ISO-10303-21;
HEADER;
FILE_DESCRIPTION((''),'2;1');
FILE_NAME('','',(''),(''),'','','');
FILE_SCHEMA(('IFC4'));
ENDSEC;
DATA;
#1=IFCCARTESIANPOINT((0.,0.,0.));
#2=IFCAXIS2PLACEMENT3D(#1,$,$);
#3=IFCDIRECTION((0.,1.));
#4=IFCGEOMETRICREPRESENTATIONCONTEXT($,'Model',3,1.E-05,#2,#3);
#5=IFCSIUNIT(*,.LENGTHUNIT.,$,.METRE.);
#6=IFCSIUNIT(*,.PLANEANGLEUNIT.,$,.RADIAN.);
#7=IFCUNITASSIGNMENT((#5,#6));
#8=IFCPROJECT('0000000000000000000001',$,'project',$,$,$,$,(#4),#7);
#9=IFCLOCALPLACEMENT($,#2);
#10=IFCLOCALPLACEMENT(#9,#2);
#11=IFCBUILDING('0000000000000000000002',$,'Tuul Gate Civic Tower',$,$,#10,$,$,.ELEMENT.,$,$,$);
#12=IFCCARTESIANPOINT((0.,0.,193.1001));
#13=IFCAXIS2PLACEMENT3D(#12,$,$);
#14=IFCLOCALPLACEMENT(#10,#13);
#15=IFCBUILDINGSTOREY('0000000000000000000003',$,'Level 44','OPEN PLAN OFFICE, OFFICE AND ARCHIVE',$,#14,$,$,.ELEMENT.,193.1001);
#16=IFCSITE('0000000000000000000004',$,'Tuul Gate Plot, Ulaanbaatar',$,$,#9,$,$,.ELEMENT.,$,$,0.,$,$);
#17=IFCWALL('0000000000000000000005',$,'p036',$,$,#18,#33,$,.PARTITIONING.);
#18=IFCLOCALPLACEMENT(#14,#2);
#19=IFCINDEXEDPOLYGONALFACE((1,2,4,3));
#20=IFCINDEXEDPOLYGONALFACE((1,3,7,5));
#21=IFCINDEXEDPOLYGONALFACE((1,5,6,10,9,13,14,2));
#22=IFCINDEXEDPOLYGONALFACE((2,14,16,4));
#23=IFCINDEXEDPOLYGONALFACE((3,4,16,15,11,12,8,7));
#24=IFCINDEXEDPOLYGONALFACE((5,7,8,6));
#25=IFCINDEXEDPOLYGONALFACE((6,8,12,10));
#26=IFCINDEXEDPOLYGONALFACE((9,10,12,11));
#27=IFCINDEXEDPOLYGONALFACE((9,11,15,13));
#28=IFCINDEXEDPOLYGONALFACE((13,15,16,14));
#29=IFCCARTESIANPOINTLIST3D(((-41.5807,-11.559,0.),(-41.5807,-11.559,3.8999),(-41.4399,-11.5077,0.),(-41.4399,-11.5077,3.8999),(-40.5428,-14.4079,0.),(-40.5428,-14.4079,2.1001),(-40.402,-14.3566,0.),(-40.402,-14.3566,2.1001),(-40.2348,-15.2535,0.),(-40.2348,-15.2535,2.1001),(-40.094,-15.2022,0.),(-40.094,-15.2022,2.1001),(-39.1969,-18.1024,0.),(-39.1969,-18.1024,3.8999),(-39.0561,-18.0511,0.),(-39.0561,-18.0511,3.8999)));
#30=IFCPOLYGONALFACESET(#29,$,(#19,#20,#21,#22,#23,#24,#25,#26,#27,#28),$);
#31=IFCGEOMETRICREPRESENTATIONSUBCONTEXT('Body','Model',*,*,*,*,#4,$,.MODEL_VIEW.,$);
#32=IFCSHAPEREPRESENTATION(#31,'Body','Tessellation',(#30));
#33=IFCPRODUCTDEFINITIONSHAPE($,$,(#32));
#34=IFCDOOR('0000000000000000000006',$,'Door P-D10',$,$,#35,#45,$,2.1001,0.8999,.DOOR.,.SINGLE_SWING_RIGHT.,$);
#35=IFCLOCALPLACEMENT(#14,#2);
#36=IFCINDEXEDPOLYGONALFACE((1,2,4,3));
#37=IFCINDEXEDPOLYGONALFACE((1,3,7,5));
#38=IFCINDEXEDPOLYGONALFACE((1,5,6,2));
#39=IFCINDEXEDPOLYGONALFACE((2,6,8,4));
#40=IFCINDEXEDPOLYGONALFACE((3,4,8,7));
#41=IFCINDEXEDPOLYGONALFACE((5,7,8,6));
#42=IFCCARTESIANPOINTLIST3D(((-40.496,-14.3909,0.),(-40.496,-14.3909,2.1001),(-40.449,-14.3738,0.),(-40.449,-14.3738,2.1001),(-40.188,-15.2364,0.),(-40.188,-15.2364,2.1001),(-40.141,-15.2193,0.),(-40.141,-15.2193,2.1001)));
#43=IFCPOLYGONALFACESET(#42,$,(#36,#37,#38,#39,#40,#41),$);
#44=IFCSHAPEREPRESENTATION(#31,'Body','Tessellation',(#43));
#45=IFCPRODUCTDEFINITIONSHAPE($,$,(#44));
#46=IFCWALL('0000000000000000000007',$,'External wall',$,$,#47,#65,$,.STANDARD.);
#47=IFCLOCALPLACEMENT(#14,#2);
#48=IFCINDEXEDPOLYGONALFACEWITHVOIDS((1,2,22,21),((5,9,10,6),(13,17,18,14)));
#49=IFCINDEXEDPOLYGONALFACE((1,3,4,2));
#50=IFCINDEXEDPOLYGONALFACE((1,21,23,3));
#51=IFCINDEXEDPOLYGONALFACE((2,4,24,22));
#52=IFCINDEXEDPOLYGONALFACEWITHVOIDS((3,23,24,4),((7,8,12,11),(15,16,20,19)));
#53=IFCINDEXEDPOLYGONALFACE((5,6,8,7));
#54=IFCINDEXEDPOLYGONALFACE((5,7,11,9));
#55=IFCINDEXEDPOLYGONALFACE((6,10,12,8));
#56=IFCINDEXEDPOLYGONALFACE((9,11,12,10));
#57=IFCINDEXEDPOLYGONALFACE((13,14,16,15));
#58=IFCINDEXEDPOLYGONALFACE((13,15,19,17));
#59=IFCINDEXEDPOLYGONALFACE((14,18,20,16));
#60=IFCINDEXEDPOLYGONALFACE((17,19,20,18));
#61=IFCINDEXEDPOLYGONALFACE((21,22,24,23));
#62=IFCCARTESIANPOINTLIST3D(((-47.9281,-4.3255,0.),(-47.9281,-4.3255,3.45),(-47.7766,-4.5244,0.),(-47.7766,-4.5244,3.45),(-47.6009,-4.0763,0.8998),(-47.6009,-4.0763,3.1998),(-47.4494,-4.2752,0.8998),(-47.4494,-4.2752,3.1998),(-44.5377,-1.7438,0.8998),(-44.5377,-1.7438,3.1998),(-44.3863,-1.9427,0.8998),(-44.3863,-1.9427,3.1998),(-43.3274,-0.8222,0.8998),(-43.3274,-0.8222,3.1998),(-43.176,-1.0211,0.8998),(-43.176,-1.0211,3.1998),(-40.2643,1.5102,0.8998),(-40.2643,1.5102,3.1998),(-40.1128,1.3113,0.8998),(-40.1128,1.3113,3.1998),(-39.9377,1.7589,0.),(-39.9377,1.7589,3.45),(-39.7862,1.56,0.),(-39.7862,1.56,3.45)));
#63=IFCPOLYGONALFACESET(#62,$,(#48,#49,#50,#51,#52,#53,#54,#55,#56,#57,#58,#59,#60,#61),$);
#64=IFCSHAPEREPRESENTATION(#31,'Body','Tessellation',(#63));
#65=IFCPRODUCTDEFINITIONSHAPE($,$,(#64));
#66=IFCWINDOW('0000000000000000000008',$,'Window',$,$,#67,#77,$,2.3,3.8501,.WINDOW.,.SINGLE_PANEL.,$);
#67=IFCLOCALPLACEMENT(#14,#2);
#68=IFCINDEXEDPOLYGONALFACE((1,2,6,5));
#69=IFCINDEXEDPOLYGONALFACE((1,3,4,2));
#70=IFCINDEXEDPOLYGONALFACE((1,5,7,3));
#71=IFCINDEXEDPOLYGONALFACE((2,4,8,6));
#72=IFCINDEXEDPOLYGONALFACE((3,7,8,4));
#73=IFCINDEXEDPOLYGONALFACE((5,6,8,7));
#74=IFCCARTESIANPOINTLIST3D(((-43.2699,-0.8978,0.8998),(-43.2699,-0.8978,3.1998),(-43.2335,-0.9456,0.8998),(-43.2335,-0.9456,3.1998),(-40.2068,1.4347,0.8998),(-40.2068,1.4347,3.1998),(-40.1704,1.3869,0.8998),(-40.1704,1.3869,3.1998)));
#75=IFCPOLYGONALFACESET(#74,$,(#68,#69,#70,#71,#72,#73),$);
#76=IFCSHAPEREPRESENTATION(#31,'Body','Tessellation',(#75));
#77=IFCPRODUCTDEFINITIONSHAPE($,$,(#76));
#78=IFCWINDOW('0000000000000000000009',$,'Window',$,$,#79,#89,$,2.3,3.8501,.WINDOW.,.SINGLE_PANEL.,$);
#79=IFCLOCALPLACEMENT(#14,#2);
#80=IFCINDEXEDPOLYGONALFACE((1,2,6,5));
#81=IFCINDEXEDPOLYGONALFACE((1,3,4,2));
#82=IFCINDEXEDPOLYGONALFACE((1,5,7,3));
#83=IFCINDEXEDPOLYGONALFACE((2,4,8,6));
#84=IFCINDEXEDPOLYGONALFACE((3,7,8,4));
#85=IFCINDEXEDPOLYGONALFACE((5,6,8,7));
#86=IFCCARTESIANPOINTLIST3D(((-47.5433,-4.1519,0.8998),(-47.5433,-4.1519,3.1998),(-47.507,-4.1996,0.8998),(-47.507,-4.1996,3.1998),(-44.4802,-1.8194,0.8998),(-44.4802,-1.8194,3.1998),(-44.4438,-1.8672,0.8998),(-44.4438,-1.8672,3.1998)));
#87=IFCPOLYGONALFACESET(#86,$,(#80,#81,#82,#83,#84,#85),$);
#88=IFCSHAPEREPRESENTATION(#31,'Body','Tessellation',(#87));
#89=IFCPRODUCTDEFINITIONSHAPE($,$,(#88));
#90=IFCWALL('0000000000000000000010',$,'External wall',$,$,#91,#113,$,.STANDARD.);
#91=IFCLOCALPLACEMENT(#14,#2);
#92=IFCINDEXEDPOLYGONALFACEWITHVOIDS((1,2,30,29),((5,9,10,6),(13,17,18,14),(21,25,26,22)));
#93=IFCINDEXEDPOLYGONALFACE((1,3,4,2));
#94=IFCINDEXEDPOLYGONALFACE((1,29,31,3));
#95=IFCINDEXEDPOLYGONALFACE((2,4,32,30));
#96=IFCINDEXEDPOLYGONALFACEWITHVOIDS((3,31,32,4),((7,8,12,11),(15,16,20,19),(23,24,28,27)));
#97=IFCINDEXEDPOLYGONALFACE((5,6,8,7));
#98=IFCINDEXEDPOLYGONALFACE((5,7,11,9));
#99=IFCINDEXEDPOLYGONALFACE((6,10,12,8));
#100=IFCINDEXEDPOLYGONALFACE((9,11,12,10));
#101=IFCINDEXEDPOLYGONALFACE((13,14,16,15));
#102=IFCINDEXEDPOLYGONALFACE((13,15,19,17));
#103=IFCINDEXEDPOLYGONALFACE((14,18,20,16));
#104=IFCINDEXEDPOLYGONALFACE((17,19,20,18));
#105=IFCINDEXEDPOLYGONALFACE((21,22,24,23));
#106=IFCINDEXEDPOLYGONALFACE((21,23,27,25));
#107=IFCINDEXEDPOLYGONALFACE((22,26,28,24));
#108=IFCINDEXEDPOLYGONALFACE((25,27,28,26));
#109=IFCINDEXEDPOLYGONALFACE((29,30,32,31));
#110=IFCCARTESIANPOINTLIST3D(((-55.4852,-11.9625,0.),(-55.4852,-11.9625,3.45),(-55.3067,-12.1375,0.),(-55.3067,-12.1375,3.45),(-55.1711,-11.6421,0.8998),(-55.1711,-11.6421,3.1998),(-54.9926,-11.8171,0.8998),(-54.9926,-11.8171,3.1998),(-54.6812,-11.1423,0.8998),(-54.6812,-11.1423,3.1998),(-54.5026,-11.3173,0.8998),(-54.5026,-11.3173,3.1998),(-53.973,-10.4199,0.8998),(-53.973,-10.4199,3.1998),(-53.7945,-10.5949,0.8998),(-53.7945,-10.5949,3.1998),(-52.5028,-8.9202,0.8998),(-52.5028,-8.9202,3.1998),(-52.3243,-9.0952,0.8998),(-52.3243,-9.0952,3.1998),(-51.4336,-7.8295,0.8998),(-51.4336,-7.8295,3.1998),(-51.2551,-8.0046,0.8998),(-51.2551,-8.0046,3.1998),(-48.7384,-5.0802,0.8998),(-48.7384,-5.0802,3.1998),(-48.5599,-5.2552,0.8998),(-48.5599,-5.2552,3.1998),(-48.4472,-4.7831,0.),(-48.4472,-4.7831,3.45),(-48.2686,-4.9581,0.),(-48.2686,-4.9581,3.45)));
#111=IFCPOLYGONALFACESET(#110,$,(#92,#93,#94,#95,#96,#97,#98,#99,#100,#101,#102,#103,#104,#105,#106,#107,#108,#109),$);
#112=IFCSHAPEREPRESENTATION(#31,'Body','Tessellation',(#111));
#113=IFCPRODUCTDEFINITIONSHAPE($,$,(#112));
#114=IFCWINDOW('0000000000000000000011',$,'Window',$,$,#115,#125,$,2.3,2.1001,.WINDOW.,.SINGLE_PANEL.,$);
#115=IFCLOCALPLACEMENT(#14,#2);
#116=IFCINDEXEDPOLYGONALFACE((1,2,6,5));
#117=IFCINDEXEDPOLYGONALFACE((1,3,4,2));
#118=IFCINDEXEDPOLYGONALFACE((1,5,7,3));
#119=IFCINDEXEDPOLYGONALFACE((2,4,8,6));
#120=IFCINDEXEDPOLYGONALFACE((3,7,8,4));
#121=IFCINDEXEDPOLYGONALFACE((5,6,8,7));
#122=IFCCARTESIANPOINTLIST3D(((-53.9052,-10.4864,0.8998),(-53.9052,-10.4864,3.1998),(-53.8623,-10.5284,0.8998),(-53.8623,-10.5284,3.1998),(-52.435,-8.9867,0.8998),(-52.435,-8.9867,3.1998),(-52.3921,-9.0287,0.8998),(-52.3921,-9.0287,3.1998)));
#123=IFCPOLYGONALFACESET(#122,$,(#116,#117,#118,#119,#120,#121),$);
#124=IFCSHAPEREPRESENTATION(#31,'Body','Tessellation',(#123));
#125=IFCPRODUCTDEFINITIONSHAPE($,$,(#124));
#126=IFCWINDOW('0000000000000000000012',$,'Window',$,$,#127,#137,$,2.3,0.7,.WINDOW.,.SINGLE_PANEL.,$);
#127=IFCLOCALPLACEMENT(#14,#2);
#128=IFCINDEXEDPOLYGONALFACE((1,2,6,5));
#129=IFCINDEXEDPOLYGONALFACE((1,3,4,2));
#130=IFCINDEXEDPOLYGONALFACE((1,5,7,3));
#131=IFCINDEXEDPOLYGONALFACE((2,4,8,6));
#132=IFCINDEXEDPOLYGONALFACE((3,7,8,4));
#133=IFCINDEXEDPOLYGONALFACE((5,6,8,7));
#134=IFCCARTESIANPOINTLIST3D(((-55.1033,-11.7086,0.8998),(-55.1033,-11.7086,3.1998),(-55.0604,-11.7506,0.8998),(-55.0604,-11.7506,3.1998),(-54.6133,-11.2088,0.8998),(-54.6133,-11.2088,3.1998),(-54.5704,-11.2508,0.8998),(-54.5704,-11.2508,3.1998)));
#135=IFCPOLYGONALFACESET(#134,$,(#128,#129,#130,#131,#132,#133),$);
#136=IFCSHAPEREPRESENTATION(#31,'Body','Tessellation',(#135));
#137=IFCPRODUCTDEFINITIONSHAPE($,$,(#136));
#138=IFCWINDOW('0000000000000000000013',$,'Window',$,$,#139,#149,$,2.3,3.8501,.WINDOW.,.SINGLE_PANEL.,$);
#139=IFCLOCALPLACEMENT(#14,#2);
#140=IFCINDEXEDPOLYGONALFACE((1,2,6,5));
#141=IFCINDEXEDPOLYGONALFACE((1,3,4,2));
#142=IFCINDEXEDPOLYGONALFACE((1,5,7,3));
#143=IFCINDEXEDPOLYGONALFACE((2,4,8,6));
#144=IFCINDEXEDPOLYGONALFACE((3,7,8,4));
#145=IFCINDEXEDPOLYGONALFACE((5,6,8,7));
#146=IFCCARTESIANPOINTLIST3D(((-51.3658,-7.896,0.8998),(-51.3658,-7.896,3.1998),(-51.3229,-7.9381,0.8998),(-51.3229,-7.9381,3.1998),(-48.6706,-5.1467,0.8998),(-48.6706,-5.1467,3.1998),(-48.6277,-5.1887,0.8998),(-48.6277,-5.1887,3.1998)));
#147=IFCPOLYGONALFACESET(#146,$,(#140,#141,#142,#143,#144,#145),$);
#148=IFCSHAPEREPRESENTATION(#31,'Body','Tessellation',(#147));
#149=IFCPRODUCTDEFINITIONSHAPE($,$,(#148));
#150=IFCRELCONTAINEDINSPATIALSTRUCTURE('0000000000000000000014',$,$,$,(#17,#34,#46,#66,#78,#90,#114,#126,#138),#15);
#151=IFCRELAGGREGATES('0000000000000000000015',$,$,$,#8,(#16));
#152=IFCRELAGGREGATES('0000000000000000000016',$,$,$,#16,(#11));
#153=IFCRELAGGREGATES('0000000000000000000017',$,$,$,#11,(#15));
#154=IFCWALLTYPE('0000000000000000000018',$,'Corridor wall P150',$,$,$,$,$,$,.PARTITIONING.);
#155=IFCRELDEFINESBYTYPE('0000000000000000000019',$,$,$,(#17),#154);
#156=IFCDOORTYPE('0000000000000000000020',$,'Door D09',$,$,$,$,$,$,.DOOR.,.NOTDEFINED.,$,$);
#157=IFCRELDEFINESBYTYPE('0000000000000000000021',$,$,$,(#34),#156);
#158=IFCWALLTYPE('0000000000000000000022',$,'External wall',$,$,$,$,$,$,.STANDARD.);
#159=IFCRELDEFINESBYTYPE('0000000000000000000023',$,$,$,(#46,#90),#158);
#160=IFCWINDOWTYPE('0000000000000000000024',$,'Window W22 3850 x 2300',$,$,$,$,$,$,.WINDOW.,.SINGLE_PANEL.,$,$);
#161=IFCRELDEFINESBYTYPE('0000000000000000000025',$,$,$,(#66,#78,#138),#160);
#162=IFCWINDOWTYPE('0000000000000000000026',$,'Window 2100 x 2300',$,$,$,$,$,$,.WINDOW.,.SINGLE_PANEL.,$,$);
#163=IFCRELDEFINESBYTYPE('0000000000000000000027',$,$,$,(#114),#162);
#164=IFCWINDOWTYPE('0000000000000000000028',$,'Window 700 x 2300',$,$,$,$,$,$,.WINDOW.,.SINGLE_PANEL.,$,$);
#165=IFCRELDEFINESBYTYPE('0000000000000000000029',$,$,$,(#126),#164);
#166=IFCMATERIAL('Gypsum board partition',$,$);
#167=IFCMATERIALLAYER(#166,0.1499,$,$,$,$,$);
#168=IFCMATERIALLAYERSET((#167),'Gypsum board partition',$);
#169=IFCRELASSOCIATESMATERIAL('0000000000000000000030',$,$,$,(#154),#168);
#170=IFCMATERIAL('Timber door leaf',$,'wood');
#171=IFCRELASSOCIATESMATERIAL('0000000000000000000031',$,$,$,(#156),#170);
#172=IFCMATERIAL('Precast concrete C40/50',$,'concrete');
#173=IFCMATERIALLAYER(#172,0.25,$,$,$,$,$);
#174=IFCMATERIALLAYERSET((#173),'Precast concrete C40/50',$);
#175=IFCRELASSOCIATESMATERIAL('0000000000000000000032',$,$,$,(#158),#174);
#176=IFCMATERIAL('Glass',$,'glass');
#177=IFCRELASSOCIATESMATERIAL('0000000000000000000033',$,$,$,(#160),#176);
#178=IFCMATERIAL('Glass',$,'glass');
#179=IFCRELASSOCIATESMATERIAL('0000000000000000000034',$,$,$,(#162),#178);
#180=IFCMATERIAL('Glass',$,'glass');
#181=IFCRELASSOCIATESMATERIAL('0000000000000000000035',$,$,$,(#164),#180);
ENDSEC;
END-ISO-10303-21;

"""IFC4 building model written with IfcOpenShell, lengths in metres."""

from ifc_helpers import new_model, si_unit, direction, frame, frame_2d, origin, place, context, subcontext, project, spatial, rectangle, extrude, material, layer, layer_set, type_object, element, fill, save


model = new_model("IFC4")

# Units and contexts
model_context = context("Model", 3, precision=1e-05, world=origin(), true_north=direction((0.0, 1.0)))
body_context = subcontext(model_context, "Body", "Model", "MODEL_VIEW")
ifc_project = project(units=[si_unit("LENGTHUNIT", "METRE"), si_unit("PLANEANGLEUNIT", "RADIAN")], contexts=[model_context])

# Site, building, storey
site_placement = place(None, origin())
site = spatial("IfcSite", under=ifc_project, at=site_placement, Name="Tuul Gate Plot, Ulaanbaatar", CompositionType="ELEMENT", RefElevation=0.0)
building_placement = place(site_placement, origin())
building = spatial("IfcBuilding", under=site, at=building_placement, Name="Tuul Gate Civic Tower", CompositionType="ELEMENT")
storey_placement = place(building_placement, frame((0.0, 0.0, 193.1001)))
storey = spatial("IfcBuildingStorey", under=building, at=storey_placement, Name="Level 44", Description="OPEN PLAN OFFICE, OFFICE AND ARCHIVE", CompositionType="ELEMENT", Elevation=193.1001)

# Wall, opening, door
ifc_material_1 = material(Name="Gypsum board partition")
ifc_layer_1 = layer(ifc_material_1, 0.1499)
ifc_layer_set_1 = layer_set([ifc_layer_1], Name="Gypsum board partition")
wall_type_1 = type_object("IfcWallType", Name="Corridor wall P150", PredefinedType="PARTITIONING", material=ifc_layer_set_1)
wall_1_placement = place(storey_placement, frame((-41.5103, -11.5334, 0.0), z_axis=(0.0, 0.0, 1.0), x_axis=(0.342295, -0.939593, 0.0)))
wall_1 = element("IfcWall", 1, at=wall_1_placement, inside=storey, type_object=wall_type_1, Name="p036", PredefinedType="PARTITIONING", context=body_context, shape_type="SweptSolid", body=[
    extrude(rectangle(XDim=6.9641, YDim=0.1499, at=frame_2d((3.4819, 0.0))), origin(), (0.0, 0.0, 1.0), 3.8999),
])
opening_1_placement = place(wall_1_placement, frame((3.032, 0.0, 0.0)))
opening_1 = element("IfcOpeningElement", 2, at=opening_1_placement, cuts=wall_1, PredefinedType="OPENING", context=body_context, shape_type="SweptSolid", body=[
    extrude(rectangle(XDim=0.8999, YDim=2.1001, at=frame_2d((0.45, 1.05))), frame((0.0, 0.085, 0.0), z_axis=(0.0, -1.0, 0.0), x_axis=(1.0, 0.0, 0.0)), (0.0, 0.0, 1.0), 0.1699),
])
ifc_material_2 = material(Name="Timber door leaf", Category="wood")
door_type_1 = type_object("IfcDoorType", Name="Door D09", OperationType="NOTDEFINED", PredefinedType="DOOR", material=ifc_material_2)
door_1_placement = place(opening_1_placement, origin())
door_1 = element("IfcDoor", 3, at=door_1_placement, inside=storey, type_object=door_type_1, Name="Door P-D10", OperationType="SINGLE_SWING_RIGHT", OverallHeight=2.1001, OverallWidth=0.8999, PredefinedType="DOOR", context=body_context, shape_type="SweptSolid", body=[
    extrude(rectangle(XDim=0.8999, YDim=2.1001, at=frame_2d((0.45, 1.05))), frame((0.0, 0.0249, 0.0), z_axis=(0.0, -1.0, 0.0), x_axis=(1.0, 0.0, 0.0)), (0.0, 0.0, 1.0), 0.05),
])
fill(opening_1, door_1)

# Walls, openings, windows
ifc_material_3 = material(Name="Precast concrete C40/50", Category="concrete")
ifc_layer_2 = layer(ifc_material_3, 0.25)
ifc_layer_set_2 = layer_set([ifc_layer_2], Name="Precast concrete C40/50")
wall_type_2 = type_object("IfcWallType", Name="External wall", PredefinedType="STANDARD", material=ifc_layer_set_2)
wall_2_placement = place(storey_placement, frame((-39.8621, 1.6594, 0.0), z_axis=(0.0, 0.0, 1.0), x_axis=(-0.7956, -0.605822, 0.0)))
wall_2 = element("IfcWall", 4, at=wall_2_placement, inside=storey, type_object=wall_type_2, Name="External wall", PredefinedType="STANDARD", context=body_context, shape_type="SweptSolid", body=[
    extrude(rectangle(XDim=10.0432, YDim=0.25, at=frame_2d((5.0215, 0.0))), origin(), (0.0, 0.0, 1.0), 3.45),
])
opening_2_placement = place(wall_2_placement, frame((0.4104, 0.0, 0.8999)))
opening_2 = element("IfcOpeningElement", 5, at=opening_2_placement, cuts=wall_2, PredefinedType="OPENING", context=body_context, shape_type="SweptSolid", body=[
    extrude(rectangle(XDim=3.8501, YDim=2.3, at=frame_2d((1.925, 1.1499))), frame((0.0, 0.135, 0.0), z_axis=(0.0, -1.0, 0.0), x_axis=(1.0, 0.0, 0.0)), (0.0, 0.0, 1.0), 0.27),
])
opening_3_placement = place(wall_2_placement, frame((5.7817, 0.0, 0.8999)))
opening_3 = element("IfcOpeningElement", 6, at=opening_3_placement, cuts=wall_2, PredefinedType="OPENING", context=body_context, shape_type="SweptSolid", body=[
    extrude(rectangle(XDim=3.8501, YDim=2.3, at=frame_2d((1.925, 1.1499))), frame((0.0, 0.135, 0.0), z_axis=(0.0, -1.0, 0.0), x_axis=(1.0, 0.0, 0.0)), (0.0, 0.0, 1.0), 0.27),
])
ifc_material_4 = material(Name="Glass", Category="glass")
window_type_1 = type_object("IfcWindowType", Name="Window W22 3850 x 2300", PartitioningType="SINGLE_PANEL", PredefinedType="WINDOW", material=ifc_material_4)
window_1_placement = place(opening_2_placement, origin())
window_1 = element("IfcWindow", 7, at=window_1_placement, inside=storey, type_object=window_type_1, Name="Window", OverallHeight=2.3, OverallWidth=3.8501, PartitioningType="SINGLE_PANEL", PredefinedType="WINDOW", context=body_context, shape_type="SweptSolid", body=[
    extrude(rectangle(XDim=3.8501, YDim=2.3, at=frame_2d((1.925, 1.1499))), frame((0.0, 0.03, 0.0), z_axis=(0.0, -1.0, 0.0), x_axis=(1.0, 0.0, 0.0)), (0.0, 0.0, 1.0), 0.0601),
])
fill(opening_2, window_1)
window_2_placement = place(opening_3_placement, origin())
window_2 = element("IfcWindow", 8, at=window_2_placement, inside=storey, type_object=window_type_1, Name="Window", OverallHeight=2.3, OverallWidth=3.8501, PartitioningType="SINGLE_PANEL", PredefinedType="WINDOW", context=body_context, shape_type="SweptSolid", body=[
    extrude(rectangle(XDim=3.8501, YDim=2.3, at=frame_2d((1.925, 1.1499))), frame((0.0, 0.03, 0.0), z_axis=(0.0, -1.0, 0.0), x_axis=(1.0, 0.0, 0.0)), (0.0, 0.0, 1.0), 0.0601),
])
fill(opening_3, window_2)
wall_3_placement = place(storey_placement, frame((-48.3579, -4.8706, 0.0), z_axis=(0.0, 0.0, 1.0), x_axis=(-0.700042, -0.714102, 0.0)))
wall_3 = element("IfcWall", 9, at=wall_3_placement, inside=storey, type_object=wall_type_2, Name="External wall", PredefinedType="STANDARD", context=body_context, shape_type="SweptSolid", body=[
    extrude(rectangle(XDim=10.0537, YDim=0.25, at=frame_2d((5.0269, 0.0))), origin(), (0.0, 0.0, 1.0), 3.45),
])
opening_4_placement = place(wall_3_placement, frame((0.416, 0.0, 0.8999)))
opening_4 = element("IfcOpeningElement", 10, at=opening_4_placement, cuts=wall_3, PredefinedType="OPENING", context=body_context, shape_type="SweptSolid", body=[
    extrude(rectangle(XDim=3.8501, YDim=2.3, at=frame_2d((1.925, 1.1499))), frame((0.0, 0.135, 0.0), z_axis=(0.0, -1.0, 0.0), x_axis=(1.0, 0.0, 0.0)), (0.0, 0.0, 1.0), 0.27),
])
opening_5_placement = place(wall_3_placement, frame((5.7935, 0.0, 0.8999)))
opening_5 = element("IfcOpeningElement", 11, at=opening_5_placement, cuts=wall_3, PredefinedType="OPENING", context=body_context, shape_type="SweptSolid", body=[
    extrude(rectangle(XDim=2.1001, YDim=2.3, at=frame_2d((1.05, 1.1499))), frame((0.0, 0.135, 0.0), z_axis=(0.0, -1.0, 0.0), x_axis=(1.0, 0.0, 0.0)), (0.0, 0.0, 1.0), 0.27),
])
opening_6_placement = place(wall_3_placement, frame((8.905, 0.0, 0.8999)))
opening_6 = element("IfcOpeningElement", 12, at=opening_6_placement, cuts=wall_3, PredefinedType="OPENING", context=body_context, shape_type="SweptSolid", body=[
    extrude(rectangle(XDim=0.7, YDim=2.3, at=frame_2d((0.3501, 1.1499))), frame((0.0, 0.135, 0.0), z_axis=(0.0, -1.0, 0.0), x_axis=(1.0, 0.0, 0.0)), (0.0, 0.0, 1.0), 0.27),
])
ifc_material_5 = material(Name="Glass", Category="glass")
window_type_2 = type_object("IfcWindowType", Name="Window 2100 x 2300", PartitioningType="SINGLE_PANEL", PredefinedType="WINDOW", material=ifc_material_5)
window_3_placement = place(opening_5_placement, origin())
window_3 = element("IfcWindow", 13, at=window_3_placement, inside=storey, type_object=window_type_2, Name="Window", OverallHeight=2.3, OverallWidth=2.1001, PartitioningType="SINGLE_PANEL", PredefinedType="WINDOW", context=body_context, shape_type="SweptSolid", body=[
    extrude(rectangle(XDim=2.1001, YDim=2.3, at=frame_2d((1.05, 1.1499))), frame((0.0, 0.03, 0.0), z_axis=(0.0, -1.0, 0.0), x_axis=(1.0, 0.0, 0.0)), (0.0, 0.0, 1.0), 0.0601),
])
fill(opening_5, window_3)
ifc_material_6 = material(Name="Glass", Category="glass")
window_type_3 = type_object("IfcWindowType", Name="Window 700 x 2300", PartitioningType="SINGLE_PANEL", PredefinedType="WINDOW", material=ifc_material_6)
window_4_placement = place(opening_6_placement, origin())
window_4 = element("IfcWindow", 14, at=window_4_placement, inside=storey, type_object=window_type_3, Name="Window", OverallHeight=2.3, OverallWidth=0.7, PartitioningType="SINGLE_PANEL", PredefinedType="WINDOW", context=body_context, shape_type="SweptSolid", body=[
    extrude(rectangle(XDim=0.7, YDim=2.3, at=frame_2d((0.3501, 1.1499))), frame((0.0, 0.03, 0.0), z_axis=(0.0, -1.0, 0.0), x_axis=(1.0, 0.0, 0.0)), (0.0, 0.0, 1.0), 0.0601),
])
fill(opening_6, window_4)
window_5_placement = place(opening_4_placement, origin())
window_5 = element("IfcWindow", 15, at=window_5_placement, inside=storey, type_object=window_type_1, Name="Window", OverallHeight=2.3, OverallWidth=3.8501, PartitioningType="SINGLE_PANEL", PredefinedType="WINDOW", context=body_context, shape_type="SweptSolid", body=[
    extrude(rectangle(XDim=3.8501, YDim=2.3, at=frame_2d((1.925, 1.1499))), frame((0.0, 0.03, 0.0), z_axis=(0.0, -1.0, 0.0), x_axis=(1.0, 0.0, 0.0)), (0.0, 0.0, 1.0), 0.0601),
])
fill(opening_4, window_5)

save(model, "model.ifc")
